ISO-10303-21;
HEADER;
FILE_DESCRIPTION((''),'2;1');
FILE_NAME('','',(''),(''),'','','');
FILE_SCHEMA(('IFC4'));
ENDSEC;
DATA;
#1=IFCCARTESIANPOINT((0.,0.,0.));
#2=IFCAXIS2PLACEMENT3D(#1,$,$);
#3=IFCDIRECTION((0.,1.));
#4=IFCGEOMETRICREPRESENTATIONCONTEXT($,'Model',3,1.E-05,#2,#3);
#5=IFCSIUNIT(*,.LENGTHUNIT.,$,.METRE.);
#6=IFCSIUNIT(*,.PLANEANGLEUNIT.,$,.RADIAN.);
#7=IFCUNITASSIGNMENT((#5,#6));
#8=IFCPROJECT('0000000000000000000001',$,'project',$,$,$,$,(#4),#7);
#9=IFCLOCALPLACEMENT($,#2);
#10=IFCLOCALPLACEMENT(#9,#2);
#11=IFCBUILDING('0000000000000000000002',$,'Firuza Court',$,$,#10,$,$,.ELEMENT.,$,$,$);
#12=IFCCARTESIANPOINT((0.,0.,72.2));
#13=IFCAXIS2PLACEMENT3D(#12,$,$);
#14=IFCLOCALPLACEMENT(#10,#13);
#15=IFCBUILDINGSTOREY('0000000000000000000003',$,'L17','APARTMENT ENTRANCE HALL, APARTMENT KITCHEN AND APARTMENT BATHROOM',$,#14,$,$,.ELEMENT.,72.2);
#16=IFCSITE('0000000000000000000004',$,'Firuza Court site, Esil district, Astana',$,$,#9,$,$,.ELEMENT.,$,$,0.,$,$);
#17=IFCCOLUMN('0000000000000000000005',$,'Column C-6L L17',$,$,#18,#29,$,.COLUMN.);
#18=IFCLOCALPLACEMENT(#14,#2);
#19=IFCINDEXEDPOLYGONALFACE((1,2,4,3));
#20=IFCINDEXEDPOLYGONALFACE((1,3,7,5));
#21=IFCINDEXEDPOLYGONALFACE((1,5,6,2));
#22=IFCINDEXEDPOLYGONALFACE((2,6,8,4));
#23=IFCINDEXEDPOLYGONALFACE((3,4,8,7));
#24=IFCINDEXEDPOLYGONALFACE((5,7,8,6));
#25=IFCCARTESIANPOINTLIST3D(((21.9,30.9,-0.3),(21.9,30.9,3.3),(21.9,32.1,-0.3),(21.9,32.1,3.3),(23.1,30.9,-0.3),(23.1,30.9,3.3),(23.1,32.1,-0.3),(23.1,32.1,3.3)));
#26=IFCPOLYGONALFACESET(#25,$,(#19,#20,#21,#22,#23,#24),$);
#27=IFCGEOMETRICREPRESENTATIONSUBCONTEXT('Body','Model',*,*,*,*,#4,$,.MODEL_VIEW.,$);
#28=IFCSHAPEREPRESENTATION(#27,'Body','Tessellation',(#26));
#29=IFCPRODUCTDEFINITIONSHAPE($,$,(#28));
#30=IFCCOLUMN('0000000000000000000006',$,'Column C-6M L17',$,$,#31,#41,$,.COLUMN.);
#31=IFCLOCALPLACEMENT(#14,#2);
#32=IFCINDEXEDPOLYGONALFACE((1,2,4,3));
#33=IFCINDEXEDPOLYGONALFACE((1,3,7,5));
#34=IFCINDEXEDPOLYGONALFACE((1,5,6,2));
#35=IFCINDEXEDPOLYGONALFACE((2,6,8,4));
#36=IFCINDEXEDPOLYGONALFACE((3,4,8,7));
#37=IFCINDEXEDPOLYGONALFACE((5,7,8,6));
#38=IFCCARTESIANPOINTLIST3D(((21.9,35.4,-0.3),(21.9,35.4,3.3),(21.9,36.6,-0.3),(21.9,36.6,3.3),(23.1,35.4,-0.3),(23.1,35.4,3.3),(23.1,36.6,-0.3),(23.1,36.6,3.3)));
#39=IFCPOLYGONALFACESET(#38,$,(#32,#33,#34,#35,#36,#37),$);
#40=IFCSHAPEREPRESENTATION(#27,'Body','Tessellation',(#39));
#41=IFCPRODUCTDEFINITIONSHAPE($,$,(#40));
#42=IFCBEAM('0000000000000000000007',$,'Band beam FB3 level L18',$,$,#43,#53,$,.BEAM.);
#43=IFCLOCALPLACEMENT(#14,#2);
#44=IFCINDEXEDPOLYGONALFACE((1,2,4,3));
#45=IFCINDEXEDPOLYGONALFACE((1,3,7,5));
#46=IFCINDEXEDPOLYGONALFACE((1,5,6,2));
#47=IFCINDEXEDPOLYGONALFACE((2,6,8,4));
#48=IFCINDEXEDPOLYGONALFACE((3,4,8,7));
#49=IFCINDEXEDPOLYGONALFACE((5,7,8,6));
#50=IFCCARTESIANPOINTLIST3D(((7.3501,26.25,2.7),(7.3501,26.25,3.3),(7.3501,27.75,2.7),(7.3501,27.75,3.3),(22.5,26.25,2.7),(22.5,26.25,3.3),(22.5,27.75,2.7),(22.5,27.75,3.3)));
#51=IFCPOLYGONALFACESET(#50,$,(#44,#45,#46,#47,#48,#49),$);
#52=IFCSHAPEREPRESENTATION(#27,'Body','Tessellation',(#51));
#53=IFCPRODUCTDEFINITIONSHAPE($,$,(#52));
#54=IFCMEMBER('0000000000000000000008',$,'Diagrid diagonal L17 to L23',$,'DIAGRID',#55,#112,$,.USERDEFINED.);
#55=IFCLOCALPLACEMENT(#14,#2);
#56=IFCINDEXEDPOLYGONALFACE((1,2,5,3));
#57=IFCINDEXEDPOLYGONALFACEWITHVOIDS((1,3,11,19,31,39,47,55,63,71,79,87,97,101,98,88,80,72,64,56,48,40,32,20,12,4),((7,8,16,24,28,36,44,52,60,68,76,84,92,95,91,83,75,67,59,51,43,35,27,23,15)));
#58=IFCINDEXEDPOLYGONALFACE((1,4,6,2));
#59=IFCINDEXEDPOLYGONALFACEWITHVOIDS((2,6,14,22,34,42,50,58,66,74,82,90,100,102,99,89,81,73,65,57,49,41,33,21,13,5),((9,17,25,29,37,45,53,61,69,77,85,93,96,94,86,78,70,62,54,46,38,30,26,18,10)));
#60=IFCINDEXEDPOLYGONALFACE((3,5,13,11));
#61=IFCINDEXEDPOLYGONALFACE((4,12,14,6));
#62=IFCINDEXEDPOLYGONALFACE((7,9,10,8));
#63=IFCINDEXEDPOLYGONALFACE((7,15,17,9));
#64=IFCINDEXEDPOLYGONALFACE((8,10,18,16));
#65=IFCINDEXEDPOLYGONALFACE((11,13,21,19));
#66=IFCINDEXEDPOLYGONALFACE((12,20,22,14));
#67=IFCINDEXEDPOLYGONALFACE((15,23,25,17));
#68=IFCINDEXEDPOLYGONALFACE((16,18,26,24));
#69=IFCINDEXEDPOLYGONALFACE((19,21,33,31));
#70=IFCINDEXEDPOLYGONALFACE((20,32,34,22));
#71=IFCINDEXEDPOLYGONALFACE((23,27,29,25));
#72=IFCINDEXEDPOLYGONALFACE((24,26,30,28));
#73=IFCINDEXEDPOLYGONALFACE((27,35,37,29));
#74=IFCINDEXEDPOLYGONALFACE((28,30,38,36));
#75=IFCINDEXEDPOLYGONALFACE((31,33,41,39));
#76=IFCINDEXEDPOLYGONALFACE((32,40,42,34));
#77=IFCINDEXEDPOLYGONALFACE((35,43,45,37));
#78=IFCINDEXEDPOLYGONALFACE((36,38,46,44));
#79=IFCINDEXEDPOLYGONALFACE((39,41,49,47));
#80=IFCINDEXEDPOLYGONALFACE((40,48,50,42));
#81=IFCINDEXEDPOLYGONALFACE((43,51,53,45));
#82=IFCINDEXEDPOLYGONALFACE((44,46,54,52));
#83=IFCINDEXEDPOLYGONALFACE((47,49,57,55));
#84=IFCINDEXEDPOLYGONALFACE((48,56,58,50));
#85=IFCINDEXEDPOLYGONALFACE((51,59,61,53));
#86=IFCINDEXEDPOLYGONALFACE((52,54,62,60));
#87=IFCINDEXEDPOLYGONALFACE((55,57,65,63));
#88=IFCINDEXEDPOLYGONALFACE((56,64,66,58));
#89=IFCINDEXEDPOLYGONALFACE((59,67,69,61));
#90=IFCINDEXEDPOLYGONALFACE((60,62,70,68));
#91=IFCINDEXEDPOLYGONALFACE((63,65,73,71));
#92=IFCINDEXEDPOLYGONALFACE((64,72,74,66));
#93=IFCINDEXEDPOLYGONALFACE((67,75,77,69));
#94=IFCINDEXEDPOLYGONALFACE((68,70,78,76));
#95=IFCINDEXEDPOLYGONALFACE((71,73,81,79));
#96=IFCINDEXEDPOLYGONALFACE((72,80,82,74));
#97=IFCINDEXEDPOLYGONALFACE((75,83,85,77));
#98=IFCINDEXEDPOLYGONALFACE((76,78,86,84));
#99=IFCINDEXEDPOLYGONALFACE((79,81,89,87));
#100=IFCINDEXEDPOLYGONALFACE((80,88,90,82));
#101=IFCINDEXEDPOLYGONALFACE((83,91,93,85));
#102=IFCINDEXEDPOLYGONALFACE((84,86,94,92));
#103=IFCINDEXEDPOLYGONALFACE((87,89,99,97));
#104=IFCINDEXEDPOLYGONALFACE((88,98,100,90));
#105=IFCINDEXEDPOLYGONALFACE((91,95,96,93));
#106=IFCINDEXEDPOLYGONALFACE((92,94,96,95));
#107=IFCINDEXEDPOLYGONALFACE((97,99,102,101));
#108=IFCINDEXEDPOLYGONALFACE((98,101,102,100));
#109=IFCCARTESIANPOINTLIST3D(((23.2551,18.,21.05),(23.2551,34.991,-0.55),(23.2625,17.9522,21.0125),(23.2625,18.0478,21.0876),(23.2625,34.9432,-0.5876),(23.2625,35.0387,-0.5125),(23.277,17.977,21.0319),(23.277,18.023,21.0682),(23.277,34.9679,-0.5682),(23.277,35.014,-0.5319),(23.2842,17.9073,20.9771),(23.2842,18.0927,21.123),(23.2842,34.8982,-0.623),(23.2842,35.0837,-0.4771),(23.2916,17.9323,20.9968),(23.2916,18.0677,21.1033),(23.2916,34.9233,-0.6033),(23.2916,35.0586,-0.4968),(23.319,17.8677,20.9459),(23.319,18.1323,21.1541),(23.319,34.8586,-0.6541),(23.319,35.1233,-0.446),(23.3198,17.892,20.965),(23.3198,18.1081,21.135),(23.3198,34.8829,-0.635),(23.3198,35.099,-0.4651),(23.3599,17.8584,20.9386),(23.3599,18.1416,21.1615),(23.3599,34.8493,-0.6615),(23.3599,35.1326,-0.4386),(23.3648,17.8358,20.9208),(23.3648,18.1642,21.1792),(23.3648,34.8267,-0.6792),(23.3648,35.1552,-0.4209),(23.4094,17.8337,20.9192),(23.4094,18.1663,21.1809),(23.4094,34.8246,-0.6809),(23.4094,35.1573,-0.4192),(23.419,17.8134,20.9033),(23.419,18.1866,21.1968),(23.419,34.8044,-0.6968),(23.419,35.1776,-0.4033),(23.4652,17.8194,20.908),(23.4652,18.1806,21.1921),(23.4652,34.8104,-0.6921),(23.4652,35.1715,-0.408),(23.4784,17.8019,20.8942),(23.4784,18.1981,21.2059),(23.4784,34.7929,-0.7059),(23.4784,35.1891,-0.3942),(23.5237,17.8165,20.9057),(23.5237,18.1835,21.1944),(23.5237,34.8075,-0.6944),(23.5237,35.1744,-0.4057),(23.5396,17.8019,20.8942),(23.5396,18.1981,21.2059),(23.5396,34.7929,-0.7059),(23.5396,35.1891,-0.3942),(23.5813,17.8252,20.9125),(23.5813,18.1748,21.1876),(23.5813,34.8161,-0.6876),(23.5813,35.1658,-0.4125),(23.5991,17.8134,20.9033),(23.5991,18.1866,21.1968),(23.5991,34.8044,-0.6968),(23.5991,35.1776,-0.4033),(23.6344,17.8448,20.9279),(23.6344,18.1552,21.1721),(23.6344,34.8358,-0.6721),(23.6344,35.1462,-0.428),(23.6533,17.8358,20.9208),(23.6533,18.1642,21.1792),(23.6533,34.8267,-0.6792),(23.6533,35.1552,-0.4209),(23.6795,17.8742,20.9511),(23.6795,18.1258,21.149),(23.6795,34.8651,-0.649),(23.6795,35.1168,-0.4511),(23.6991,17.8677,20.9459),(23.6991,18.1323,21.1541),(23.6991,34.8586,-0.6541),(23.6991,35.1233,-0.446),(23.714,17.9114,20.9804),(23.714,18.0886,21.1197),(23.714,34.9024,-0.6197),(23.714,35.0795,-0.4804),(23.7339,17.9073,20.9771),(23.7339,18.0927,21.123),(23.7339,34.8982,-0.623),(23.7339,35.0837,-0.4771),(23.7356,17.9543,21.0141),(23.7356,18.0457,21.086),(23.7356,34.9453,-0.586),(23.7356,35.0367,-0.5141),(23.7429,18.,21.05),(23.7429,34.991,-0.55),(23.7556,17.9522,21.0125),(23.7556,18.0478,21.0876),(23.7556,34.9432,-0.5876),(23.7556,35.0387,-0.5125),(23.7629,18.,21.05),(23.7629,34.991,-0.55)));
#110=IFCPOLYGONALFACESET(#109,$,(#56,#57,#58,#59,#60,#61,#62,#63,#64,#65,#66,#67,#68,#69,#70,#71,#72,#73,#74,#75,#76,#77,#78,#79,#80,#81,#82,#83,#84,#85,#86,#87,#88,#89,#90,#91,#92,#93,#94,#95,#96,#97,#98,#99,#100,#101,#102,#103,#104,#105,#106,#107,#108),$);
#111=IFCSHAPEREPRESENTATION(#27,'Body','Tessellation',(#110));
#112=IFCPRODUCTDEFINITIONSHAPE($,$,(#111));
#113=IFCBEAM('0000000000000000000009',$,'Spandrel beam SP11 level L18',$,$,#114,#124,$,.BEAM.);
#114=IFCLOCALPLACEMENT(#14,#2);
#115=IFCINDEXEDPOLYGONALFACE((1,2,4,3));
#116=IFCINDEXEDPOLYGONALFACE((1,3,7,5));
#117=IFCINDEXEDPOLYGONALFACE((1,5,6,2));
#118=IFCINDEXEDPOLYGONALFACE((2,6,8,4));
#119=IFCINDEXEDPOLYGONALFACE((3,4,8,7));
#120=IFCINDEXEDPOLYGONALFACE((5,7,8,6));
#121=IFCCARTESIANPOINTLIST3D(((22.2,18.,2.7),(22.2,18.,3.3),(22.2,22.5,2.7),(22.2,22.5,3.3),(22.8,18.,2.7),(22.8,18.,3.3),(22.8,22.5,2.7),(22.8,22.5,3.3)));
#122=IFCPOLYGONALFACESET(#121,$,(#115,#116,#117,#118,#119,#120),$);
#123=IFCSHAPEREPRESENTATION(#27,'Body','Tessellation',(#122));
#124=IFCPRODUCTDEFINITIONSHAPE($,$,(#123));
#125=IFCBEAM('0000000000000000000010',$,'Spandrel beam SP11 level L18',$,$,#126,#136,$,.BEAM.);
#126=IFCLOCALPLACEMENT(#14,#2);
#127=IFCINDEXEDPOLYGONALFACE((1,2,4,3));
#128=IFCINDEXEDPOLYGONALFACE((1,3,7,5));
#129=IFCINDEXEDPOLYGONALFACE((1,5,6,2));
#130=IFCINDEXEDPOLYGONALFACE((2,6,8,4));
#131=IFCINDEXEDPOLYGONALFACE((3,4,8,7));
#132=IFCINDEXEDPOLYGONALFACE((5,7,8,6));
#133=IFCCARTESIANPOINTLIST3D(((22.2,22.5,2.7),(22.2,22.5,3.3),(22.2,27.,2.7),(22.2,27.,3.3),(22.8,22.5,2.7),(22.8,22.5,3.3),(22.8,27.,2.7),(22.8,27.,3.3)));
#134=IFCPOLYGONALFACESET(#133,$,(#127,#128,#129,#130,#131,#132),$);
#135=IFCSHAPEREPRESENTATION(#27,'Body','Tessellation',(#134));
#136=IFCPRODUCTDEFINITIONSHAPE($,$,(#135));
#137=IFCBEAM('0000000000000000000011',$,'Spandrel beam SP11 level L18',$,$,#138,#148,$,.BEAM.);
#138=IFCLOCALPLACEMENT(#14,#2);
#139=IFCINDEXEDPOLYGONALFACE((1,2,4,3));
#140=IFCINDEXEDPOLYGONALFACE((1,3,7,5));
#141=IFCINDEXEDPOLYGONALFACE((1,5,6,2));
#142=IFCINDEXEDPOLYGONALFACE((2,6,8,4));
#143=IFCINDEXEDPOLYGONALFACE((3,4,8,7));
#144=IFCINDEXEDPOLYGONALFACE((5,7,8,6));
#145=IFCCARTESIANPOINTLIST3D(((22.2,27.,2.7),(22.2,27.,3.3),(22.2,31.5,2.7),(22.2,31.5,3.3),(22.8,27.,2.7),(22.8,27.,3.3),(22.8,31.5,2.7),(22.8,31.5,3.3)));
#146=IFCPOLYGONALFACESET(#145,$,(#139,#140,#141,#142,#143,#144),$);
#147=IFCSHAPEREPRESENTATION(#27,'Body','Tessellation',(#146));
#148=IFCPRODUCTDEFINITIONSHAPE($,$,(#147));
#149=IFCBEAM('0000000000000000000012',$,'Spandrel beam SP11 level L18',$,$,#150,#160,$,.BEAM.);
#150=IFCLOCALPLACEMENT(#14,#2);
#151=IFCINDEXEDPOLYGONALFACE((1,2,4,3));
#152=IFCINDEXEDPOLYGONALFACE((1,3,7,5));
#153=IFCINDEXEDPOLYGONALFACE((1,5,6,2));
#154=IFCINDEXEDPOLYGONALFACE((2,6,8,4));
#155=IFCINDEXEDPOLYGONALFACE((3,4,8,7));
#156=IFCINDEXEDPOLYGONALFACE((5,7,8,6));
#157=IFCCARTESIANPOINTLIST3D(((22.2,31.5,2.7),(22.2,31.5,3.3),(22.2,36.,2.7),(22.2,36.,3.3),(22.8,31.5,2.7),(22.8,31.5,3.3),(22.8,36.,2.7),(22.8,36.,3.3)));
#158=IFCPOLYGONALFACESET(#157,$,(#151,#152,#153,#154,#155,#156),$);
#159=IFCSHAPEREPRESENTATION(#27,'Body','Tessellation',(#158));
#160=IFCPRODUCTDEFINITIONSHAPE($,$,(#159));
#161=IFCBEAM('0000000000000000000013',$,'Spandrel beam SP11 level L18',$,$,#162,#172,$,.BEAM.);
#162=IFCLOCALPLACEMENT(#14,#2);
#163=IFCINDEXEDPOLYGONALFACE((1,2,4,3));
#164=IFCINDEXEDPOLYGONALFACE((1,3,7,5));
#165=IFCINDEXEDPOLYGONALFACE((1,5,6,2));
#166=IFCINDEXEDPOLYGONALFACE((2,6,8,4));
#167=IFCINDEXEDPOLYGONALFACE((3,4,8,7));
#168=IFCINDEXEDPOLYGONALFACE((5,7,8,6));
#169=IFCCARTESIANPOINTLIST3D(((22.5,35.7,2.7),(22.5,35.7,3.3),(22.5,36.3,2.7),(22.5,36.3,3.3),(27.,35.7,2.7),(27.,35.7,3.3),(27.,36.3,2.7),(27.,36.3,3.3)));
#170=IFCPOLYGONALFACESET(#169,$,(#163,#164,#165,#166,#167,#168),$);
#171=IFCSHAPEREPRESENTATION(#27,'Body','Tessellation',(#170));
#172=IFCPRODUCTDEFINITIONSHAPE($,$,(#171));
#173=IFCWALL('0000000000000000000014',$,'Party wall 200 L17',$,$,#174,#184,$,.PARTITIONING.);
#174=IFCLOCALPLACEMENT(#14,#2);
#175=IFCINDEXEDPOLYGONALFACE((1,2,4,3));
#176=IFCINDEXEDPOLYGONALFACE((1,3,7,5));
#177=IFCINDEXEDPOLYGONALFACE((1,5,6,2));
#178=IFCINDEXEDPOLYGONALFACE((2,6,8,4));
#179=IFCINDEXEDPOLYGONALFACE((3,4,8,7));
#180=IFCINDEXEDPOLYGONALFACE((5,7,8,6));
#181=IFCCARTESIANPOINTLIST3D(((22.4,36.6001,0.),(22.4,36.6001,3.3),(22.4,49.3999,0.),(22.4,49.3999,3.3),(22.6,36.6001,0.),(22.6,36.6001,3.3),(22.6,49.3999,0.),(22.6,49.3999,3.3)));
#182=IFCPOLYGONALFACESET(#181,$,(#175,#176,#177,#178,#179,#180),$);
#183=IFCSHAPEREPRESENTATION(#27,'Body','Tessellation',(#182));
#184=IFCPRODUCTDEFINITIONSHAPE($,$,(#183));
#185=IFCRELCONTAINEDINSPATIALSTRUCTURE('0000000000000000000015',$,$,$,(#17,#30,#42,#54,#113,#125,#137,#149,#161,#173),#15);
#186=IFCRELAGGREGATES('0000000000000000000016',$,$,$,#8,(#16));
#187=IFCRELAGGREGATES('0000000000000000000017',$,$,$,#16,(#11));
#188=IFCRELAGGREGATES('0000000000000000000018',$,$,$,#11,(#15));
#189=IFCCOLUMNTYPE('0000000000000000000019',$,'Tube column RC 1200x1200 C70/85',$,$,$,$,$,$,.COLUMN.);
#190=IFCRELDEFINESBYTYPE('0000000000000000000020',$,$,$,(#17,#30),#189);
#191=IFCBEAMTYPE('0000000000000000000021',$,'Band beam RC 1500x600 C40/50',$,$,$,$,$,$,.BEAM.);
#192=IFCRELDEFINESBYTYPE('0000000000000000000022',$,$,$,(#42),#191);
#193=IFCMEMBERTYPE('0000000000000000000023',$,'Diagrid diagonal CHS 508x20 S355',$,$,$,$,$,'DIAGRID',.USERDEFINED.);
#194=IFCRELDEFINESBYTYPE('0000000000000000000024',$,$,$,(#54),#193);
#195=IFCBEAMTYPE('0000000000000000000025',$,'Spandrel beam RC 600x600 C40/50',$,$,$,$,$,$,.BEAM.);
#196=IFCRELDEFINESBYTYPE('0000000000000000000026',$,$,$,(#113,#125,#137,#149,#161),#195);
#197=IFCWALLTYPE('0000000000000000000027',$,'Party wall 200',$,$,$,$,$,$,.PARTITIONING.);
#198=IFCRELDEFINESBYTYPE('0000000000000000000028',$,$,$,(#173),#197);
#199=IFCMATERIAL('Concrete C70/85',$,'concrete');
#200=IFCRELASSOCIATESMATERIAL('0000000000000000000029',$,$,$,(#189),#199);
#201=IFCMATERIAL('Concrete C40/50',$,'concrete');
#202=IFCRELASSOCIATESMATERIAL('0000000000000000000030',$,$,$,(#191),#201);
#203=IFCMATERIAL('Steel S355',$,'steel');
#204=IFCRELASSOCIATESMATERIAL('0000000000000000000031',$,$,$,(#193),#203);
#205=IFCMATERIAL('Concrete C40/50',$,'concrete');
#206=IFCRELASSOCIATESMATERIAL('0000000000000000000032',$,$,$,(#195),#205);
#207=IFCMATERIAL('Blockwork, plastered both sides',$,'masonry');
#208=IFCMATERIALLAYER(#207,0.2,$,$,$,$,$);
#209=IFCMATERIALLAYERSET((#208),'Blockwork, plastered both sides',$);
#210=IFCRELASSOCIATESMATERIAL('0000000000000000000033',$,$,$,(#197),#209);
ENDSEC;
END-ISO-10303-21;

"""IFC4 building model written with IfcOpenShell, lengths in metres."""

from ifc_helpers import new_model, si_unit, direction, frame, frame_2d, origin, origin_2d, place, context, subcontext, project, spatial, rectangle, hollow_circle, extrude, material, layer, layer_set, material_profile, profile_set, type_object, element, save


model = new_model("IFC4")

# Units and contexts
model_context = context("Model", 3, precision=1e-05, world=origin(), true_north=direction((0.0, 1.0)))
body_context = subcontext(model_context, "Body", "Model", "MODEL_VIEW")
ifc_project = project(units=[si_unit("LENGTHUNIT", "METRE"), si_unit("PLANEANGLEUNIT", "RADIAN")], contexts=[model_context])

# Site, building, storey
site_placement = place(None, origin())
site = spatial("IfcSite", under=ifc_project, at=site_placement, Name="Firuza Court site, Esil district, Astana", CompositionType="ELEMENT", RefElevation=0.0)
building_placement = place(site_placement, origin())
building = spatial("IfcBuilding", under=site, at=building_placement, Name="Firuza Court", CompositionType="ELEMENT")
storey_placement = place(building_placement, frame((0.0, 0.0, 72.2)))
storey = spatial("IfcBuildingStorey", under=building, at=storey_placement, Name="L17", Description="APARTMENT ENTRANCE HALL, APARTMENT KITCHEN AND APARTMENT BATHROOM", CompositionType="ELEMENT", Elevation=72.2)

# Columns
ifc_material_1 = material(Name="Concrete C70/85", Category="concrete")
ifc_material_profile_1 = material_profile(ifc_material_1, rectangle(XDim=1.2, YDim=1.2, at=origin_2d()), Name="RC 1200x1200")
ifc_profile_set_1 = profile_set([ifc_material_profile_1], Name="Concrete C70/85")
column_type = type_object("IfcColumnType", Name="Tube column RC 1200x1200 C70/85", PredefinedType="COLUMN", material=ifc_profile_set_1)
for number, where, z_axis, x_axis, name in (
    (1, (22.5, 31.5, -0.3), (0.0, 0.0, 1.0), (1.0, 0.0, 0.0), "Column C-6L L17"),
    (2, (22.5, 36.0, -0.3), (0.0, 0.0, 1.0), (1.0, 0.0, 0.0), "Column C-6M L17"),
):
    element("IfcColumn", number, at=place(storey_placement, frame(where, z_axis=z_axis, x_axis=x_axis)), inside=storey, type_object=column_type, Name=name, PredefinedType="COLUMN", context=body_context, shape_type="SweptSolid", body=[
        extrude(rectangle(XDim=1.2, YDim=1.2, at=origin_2d()), origin(), (0.0, 0.0, 1.0), 3.6001),
    ])

# Beam
ifc_material_2 = material(Name="Concrete C40/50", Category="concrete")
ifc_material_profile_2 = material_profile(ifc_material_2, rectangle(XDim=1.5, YDim=0.6001, at=origin_2d()), Name="RC 1500x600")
ifc_profile_set_2 = profile_set([ifc_material_profile_2], Name="Concrete C40/50")
beam_type_1 = type_object("IfcBeamType", Name="Band beam RC 1500x600 C40/50", PredefinedType="BEAM", material=ifc_profile_set_2)
beam_placement = place(storey_placement, frame((22.5, 27.0, 3.0), z_axis=(-1.0, 0.0, 0.0), x_axis=(0.0, -1.0, 0.0)))
element("IfcBeam", 3, at=beam_placement, inside=storey, type_object=beam_type_1, Name="Band beam FB3 level L18", PredefinedType="BEAM", context=body_context, shape_type="SweptSolid", body=[
    extrude(rectangle(XDim=1.5, YDim=0.6001, at=origin_2d()), origin(), (0.0, 0.0, 1.0), 15.1499),
])

# Member
ifc_material_3 = material(Name="Steel S355", Category="steel")
ifc_material_profile_3 = material_profile(ifc_material_3, hollow_circle(Radius=0.2539, WallThickness=0.02, at=origin_2d()), Name="CHS 508x20")
ifc_profile_set_3 = profile_set([ifc_material_profile_3], Name="Steel S355")
member_type = type_object("IfcMemberType", Name="Diagrid diagonal CHS 508x20 S355", ElementType="DIAGRID", PredefinedType="USERDEFINED", material=ifc_profile_set_3)
member_placement = place(storey_placement, frame((23.509, 34.991, -0.55), z_axis=(0.0, -0.618259, 0.785974), x_axis=(1.0, 0.0, 0.0)))
element("IfcMember", 4, at=member_placement, inside=storey, type_object=member_type, Name="Diagrid diagonal L17 to L23", ObjectType="DIAGRID", PredefinedType="USERDEFINED", context=body_context, shape_type="SweptSolid", body=[
    extrude(hollow_circle(Radius=0.2539, WallThickness=0.02, at=origin_2d()), origin(), (0.0, 0.0, 1.0), 27.4819),
])

# Beams
ifc_material_4 = material(Name="Concrete C40/50", Category="concrete")
ifc_material_profile_4 = material_profile(ifc_material_4, rectangle(XDim=0.6001, YDim=0.6001, at=origin_2d()), Name="RC 600x600")
ifc_profile_set_4 = profile_set([ifc_material_profile_4], Name="Concrete C40/50")
beam_type_2 = type_object("IfcBeamType", Name="Spandrel beam RC 600x600 C40/50", PredefinedType="BEAM", material=ifc_profile_set_4)
for number, where, z_axis, x_axis, name in (
    (5, (22.5, 18.0, 3.0), (0.0, 1.0, 0.0), (-1.0, 0.0, 0.0), "Spandrel beam SP11 level L18"),
    (6, (22.5, 22.5, 3.0), (0.0, 1.0, 0.0), (-1.0, 0.0, 0.0), "Spandrel beam SP11 level L18"),
    (7, (22.5, 27.0, 3.0), (0.0, 1.0, 0.0), (-1.0, 0.0, 0.0), "Spandrel beam SP11 level L18"),
    (8, (22.5, 31.5, 3.0), (0.0, 1.0, 0.0), (-1.0, 0.0, 0.0), "Spandrel beam SP11 level L18"),
    (9, (22.5, 36.0, 3.0), (1.0, 0.0, 0.0), (0.0, 1.0, 0.0), "Spandrel beam SP11 level L18"),
):
    element("IfcBeam", number, at=place(storey_placement, frame(where, z_axis=z_axis, x_axis=x_axis)), inside=storey, type_object=beam_type_2, Name=name, PredefinedType="BEAM", context=body_context, shape_type="SweptSolid", body=[
        extrude(rectangle(XDim=0.6001, YDim=0.6001, at=origin_2d()), origin(), (0.0, 0.0, 1.0), 4.5),
    ])

# Wall
ifc_material_5 = material(Name="Blockwork, plastered both sides", Category="masonry")
ifc_layer_1 = layer(ifc_material_5, 0.2)
ifc_layer_set_1 = layer_set([ifc_layer_1], Name="Blockwork, plastered both sides")
wall_type_1 = type_object("IfcWallType", Name="Party wall 200", PredefinedType="PARTITIONING", material=ifc_layer_set_1)
wall_1_placement = place(storey_placement, frame((22.5, 36.6001, 0.0), z_axis=(0.0, 0.0, 1.0), x_axis=(0.0, 1.0, 0.0)))
element("IfcWall", 10, at=wall_1_placement, inside=storey, type_object=wall_type_1, Name="Party wall 200 L17", PredefinedType="PARTITIONING", context=body_context, shape_type="SweptSolid", body=[
    extrude(rectangle(XDim=12.7998, YDim=0.2, at=frame_2d((6.3999, 0.0))), origin(), (0.0, 0.0, 1.0), 3.3),
])

save(model, "model.ifc")
